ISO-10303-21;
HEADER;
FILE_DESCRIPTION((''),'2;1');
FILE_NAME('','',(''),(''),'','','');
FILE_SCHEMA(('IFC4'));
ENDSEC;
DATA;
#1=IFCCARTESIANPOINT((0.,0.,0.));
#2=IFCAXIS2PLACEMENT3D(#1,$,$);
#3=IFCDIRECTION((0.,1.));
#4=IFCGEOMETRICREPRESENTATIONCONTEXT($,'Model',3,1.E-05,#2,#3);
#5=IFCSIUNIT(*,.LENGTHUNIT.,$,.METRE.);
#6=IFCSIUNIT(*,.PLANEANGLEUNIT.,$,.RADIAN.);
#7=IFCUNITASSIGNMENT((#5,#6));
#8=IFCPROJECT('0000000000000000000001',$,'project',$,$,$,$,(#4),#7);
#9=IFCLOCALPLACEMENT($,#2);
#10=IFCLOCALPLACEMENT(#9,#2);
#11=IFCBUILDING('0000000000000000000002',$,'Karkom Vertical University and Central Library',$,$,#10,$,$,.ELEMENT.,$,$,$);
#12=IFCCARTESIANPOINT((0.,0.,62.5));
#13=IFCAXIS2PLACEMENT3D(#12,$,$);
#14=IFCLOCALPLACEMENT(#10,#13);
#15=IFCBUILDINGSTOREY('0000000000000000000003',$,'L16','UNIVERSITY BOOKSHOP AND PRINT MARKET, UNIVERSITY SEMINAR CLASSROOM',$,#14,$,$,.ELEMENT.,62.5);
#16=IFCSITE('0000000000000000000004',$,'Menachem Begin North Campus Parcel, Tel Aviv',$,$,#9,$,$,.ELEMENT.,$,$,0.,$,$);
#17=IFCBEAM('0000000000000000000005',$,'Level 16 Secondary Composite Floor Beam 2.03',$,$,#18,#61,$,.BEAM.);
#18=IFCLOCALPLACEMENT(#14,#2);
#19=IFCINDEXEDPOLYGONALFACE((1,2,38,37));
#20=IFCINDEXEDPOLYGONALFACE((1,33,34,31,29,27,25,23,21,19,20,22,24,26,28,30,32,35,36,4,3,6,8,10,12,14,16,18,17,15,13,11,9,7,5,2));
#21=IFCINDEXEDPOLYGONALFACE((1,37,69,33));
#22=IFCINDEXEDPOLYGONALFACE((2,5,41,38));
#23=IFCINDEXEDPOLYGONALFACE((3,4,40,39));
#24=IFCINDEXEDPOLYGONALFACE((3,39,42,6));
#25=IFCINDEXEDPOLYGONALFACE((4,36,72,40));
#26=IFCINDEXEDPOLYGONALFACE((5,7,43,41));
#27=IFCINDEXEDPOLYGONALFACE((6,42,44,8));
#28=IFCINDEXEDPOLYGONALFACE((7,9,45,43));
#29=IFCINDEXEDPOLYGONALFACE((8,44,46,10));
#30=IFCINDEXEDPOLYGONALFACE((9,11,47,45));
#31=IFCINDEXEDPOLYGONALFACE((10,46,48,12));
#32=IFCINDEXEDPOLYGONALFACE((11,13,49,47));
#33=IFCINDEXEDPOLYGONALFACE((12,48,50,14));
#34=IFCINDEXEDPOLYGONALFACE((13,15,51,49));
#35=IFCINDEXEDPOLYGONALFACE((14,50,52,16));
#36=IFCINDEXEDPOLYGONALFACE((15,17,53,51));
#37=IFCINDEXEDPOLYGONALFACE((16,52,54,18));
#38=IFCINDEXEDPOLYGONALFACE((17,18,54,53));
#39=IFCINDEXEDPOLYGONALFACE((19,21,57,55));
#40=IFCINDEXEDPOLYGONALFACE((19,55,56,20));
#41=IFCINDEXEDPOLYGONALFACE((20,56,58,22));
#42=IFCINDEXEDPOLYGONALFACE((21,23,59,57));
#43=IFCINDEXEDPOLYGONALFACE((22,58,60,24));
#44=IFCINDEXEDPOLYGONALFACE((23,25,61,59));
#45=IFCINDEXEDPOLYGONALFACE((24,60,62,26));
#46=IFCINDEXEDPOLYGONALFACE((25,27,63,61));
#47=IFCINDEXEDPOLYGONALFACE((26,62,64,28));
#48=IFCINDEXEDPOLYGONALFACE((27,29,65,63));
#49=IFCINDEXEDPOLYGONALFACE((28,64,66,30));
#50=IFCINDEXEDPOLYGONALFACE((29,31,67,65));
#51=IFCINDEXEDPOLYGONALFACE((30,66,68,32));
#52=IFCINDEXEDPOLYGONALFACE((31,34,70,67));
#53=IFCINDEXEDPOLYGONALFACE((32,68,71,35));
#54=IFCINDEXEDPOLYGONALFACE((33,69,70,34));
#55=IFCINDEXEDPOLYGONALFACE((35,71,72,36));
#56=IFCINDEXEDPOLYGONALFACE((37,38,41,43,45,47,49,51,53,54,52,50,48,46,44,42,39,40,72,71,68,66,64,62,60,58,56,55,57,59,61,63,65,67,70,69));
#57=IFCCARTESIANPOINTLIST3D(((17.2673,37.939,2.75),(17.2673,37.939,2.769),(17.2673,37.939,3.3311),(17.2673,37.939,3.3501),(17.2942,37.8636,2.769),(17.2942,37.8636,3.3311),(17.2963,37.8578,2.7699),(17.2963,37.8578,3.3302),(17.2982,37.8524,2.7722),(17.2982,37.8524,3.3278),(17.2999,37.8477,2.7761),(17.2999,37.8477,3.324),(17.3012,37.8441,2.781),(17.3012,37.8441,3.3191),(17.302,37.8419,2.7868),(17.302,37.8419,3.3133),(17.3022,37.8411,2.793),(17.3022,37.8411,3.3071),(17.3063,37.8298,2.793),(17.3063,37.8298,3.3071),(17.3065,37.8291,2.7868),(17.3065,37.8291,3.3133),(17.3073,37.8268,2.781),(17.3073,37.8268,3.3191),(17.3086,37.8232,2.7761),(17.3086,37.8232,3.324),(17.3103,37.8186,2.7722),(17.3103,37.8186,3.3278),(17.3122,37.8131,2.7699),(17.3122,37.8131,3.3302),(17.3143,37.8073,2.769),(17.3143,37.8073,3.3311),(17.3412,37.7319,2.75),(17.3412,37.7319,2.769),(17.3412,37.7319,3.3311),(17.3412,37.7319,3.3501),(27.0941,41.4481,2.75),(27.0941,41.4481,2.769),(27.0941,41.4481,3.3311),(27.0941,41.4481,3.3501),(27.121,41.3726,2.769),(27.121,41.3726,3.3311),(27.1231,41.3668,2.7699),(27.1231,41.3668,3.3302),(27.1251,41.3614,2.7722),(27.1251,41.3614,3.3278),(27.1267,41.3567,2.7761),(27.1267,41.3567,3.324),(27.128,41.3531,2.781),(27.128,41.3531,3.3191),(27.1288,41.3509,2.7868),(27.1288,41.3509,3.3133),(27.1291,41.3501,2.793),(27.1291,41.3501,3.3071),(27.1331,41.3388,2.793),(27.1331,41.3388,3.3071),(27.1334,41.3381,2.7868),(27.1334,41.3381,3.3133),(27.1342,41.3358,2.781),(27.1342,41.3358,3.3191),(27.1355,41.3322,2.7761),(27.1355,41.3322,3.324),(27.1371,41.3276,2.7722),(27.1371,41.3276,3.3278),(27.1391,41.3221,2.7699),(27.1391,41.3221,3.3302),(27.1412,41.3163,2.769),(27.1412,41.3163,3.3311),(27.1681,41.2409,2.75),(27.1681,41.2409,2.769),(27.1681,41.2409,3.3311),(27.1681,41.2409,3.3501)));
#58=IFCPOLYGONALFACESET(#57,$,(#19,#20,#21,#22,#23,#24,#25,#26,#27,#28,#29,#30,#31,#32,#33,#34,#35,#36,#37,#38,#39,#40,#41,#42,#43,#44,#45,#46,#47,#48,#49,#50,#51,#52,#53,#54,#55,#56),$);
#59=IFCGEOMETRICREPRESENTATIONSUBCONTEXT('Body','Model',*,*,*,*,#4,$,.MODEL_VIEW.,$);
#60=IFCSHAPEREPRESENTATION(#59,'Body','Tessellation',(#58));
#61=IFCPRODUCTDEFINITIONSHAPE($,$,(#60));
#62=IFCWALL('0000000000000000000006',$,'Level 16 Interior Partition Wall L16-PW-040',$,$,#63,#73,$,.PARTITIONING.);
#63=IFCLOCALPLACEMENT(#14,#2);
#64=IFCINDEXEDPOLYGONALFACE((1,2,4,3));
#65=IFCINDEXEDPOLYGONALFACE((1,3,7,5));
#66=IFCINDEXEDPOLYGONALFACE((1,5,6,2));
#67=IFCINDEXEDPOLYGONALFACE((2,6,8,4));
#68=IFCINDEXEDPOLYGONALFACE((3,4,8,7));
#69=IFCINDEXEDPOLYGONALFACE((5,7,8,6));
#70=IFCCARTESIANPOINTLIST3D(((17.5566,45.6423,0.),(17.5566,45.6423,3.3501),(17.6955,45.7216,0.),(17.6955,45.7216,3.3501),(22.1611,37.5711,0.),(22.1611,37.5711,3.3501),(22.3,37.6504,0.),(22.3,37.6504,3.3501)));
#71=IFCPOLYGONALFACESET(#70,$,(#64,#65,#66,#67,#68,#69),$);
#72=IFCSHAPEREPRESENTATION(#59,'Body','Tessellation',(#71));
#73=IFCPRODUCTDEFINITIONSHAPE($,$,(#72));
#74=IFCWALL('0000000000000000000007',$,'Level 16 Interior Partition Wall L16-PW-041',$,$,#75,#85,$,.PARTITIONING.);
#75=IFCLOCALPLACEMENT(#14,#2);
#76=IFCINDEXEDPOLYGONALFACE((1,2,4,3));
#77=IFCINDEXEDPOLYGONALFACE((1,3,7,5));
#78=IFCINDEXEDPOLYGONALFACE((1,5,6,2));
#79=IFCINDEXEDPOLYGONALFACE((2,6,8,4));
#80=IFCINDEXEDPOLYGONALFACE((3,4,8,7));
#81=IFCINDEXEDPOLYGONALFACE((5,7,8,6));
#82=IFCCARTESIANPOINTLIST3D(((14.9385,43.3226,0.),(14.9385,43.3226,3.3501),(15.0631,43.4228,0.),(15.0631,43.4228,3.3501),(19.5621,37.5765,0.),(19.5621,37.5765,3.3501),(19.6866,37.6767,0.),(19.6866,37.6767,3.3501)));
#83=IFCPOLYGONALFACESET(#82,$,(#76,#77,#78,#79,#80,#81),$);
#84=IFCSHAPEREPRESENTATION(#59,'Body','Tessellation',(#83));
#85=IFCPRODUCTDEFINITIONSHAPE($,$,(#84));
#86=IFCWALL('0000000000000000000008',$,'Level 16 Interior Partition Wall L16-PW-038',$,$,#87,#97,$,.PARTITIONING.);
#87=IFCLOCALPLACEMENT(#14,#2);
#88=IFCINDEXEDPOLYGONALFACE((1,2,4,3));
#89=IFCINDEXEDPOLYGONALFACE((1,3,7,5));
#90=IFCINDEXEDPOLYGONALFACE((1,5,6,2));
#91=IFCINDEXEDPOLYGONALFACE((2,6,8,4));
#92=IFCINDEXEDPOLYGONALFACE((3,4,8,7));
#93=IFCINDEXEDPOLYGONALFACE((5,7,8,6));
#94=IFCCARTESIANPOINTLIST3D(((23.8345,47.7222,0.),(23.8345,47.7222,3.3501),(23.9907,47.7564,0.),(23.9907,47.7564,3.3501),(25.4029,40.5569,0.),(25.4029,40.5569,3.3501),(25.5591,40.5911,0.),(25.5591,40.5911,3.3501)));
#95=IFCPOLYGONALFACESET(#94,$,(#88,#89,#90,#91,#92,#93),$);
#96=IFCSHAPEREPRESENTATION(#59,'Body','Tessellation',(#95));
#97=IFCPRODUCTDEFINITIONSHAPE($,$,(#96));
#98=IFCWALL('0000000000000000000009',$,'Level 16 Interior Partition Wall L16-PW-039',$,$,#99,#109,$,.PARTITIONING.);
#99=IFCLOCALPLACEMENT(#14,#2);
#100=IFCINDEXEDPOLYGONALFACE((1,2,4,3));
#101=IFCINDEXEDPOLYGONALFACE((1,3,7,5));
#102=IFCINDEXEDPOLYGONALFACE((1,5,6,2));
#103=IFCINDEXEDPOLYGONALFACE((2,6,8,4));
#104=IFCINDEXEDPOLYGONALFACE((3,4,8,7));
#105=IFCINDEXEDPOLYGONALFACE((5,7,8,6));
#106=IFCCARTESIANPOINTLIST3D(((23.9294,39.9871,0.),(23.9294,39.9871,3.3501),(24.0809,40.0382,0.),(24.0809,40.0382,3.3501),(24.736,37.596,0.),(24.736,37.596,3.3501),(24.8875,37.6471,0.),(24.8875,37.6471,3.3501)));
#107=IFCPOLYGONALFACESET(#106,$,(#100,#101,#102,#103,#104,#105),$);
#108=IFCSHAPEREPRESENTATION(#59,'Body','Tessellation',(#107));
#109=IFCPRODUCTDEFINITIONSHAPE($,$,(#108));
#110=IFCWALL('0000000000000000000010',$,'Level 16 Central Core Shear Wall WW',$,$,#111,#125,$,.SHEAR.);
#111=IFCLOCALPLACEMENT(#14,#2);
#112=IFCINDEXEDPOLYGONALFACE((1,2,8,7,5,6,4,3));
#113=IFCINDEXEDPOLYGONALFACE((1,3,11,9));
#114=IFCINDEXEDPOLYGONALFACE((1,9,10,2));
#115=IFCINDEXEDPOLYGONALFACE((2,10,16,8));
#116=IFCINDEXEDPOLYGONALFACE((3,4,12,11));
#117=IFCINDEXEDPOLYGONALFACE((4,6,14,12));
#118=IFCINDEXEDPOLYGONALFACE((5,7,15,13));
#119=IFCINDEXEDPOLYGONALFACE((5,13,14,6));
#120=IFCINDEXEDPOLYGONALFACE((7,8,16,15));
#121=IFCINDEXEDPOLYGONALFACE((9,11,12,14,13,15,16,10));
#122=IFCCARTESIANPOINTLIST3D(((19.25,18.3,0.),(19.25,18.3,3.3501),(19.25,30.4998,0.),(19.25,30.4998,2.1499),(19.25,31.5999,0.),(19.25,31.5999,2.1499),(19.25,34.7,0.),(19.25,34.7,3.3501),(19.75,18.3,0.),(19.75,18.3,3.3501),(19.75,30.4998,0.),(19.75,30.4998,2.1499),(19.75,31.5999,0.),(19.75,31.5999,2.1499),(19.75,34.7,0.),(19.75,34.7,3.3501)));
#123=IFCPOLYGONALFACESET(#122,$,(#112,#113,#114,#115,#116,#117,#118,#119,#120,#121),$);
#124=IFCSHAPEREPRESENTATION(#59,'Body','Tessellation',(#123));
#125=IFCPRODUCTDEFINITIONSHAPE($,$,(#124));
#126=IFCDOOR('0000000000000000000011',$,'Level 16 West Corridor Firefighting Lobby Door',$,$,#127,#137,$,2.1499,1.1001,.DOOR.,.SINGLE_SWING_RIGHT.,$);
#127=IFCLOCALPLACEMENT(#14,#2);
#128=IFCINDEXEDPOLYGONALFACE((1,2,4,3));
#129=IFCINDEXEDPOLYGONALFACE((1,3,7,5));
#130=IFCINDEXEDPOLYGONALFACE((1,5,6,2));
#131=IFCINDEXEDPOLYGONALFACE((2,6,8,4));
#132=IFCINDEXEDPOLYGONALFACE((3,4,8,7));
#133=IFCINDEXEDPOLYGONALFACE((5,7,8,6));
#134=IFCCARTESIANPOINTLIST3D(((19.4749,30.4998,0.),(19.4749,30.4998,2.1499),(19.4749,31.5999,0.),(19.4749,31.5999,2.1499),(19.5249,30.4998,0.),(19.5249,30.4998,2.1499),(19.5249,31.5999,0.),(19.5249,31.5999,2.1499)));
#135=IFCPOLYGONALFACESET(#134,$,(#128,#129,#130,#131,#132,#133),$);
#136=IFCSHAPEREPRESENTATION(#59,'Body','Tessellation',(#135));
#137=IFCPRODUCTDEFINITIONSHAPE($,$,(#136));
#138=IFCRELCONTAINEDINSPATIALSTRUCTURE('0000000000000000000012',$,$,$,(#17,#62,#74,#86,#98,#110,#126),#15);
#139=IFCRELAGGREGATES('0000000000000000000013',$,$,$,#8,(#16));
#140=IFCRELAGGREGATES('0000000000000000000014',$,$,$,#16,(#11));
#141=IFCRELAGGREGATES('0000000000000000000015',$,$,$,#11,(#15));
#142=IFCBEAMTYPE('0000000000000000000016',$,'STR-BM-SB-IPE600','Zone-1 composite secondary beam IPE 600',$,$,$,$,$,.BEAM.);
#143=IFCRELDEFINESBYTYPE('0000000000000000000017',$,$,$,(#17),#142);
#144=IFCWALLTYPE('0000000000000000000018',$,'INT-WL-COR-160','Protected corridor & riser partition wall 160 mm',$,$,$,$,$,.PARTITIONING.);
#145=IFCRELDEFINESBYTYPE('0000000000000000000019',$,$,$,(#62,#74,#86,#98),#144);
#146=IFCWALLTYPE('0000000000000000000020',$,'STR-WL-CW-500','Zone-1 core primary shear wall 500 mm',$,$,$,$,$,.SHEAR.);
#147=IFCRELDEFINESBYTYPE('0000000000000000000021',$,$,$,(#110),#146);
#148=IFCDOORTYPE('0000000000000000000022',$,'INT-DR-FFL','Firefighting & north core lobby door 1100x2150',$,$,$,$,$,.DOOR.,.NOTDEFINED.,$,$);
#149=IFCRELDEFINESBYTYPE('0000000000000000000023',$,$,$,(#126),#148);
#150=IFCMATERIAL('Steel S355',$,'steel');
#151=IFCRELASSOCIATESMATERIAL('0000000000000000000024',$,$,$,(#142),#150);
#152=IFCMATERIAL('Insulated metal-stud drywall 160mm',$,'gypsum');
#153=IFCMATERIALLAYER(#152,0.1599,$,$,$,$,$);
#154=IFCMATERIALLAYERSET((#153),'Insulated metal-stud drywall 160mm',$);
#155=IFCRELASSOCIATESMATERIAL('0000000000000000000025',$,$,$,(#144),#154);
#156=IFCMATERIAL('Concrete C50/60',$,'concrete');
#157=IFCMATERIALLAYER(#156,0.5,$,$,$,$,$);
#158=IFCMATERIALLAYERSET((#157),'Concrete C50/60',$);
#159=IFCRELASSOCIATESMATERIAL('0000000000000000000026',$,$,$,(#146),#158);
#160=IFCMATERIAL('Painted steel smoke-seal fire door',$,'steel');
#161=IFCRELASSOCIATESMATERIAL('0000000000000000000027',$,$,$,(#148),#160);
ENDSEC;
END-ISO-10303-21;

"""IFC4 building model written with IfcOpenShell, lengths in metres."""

from ifc_helpers import new_model, si_unit, direction, frame, frame_2d, origin, origin_with_axes, origin_2d, place, context, subcontext, project, spatial, rectangle, i_section, extrude, source, transform, mapped, material, layer, layer_set, material_profile, profile_set, type_object, element, fill, save


model = new_model("IFC4")

# Units and contexts
model_context = context("Model", 3, precision=1e-05, world=origin(), true_north=direction((0.0, 1.0)))
body_context = subcontext(model_context, "Body", "Model", "MODEL_VIEW")
ifc_project = project(units=[si_unit("LENGTHUNIT", "METRE"), si_unit("PLANEANGLEUNIT", "RADIAN")], contexts=[model_context])

# Site, building, storey
site_placement = place(None, origin())
site = spatial("IfcSite", under=ifc_project, at=site_placement, Name="Menachem Begin North Campus Parcel, Tel Aviv", CompositionType="ELEMENT", RefElevation=0.0)
building_placement = place(site_placement, origin())
building = spatial("IfcBuilding", under=site, at=building_placement, Name="Karkom Vertical University and Central Library", CompositionType="ELEMENT")
storey_placement = place(building_placement, frame((0.0, 0.0, 62.5)))
storey = spatial("IfcBuildingStorey", under=building, at=storey_placement, Name="L16", Description="UNIVERSITY BOOKSHOP AND PRINT MARKET, UNIVERSITY SEMINAR CLASSROOM", CompositionType="ELEMENT", Elevation=62.5)

# Shared definitions
ifc_material_1 = material(Name="Concrete C50/60", Category="concrete")

# Beam
ifc_material_2 = material(Name="Steel S355", Category="steel")
ifc_material_profile_1 = material_profile(ifc_material_2, i_section(OverallWidth=0.22, OverallDepth=0.6001, WebThickness=0.012, FlangeThickness=0.019, FilletRadius=0.0239, at=origin_2d()), Name="IPE 600")
ifc_profile_set_1 = profile_set([ifc_material_profile_1], Name="Steel S355")
beam_type_1 = type_object("IfcBeamType", Name="STR-BM-SB-IPE600", Description="Zone-1 composite secondary beam IPE 600", PredefinedType="BEAM", material=ifc_profile_set_1)
shared_shape_1 = source(origin_with_axes(), body_context, "Body", "SweptSolid", [
    extrude(i_section(OverallWidth=0.22, OverallDepth=0.6001, WebThickness=0.012, FlangeThickness=0.019, FilletRadius=0.0239, at=origin_2d()), origin(), (0.0, 0.0, 1.0), 10.4346),
])
beam_1_placement = place(storey_placement, frame((27.1311, 41.3445, 3.05), z_axis=(-0.941759, -0.336287, 0.0), x_axis=(0.336287, -0.941759, 0.0)))
element("IfcBeam", 1, at=beam_1_placement, inside=storey, type_object=beam_type_1, Name="Level 16 Secondary Composite Floor Beam 2.03", PredefinedType="BEAM", context=body_context, shape_type="MappedRepresentation", body=[
    mapped(shared_shape_1, transform((0.0, 0.0, 0.0), scale=1.0)),
])

# Walls
ifc_material_3 = material(Name="Insulated metal-stud drywall 160mm", Category="gypsum")
ifc_layer_1 = layer(ifc_material_3, 0.1599)
ifc_layer_set_1 = layer_set([ifc_layer_1], Name="Insulated metal-stud drywall 160mm")
wall_type_1 = type_object("IfcWallType", Name="INT-WL-COR-160", Description="Protected corridor & riser partition wall 160 mm", PredefinedType="PARTITIONING", material=ifc_layer_set_1)
wall_1_placement = place(storey_placement, frame((22.2305, 37.6108, 0.0), z_axis=(0.0, 0.0, 1.0), x_axis=(-0.495516, 0.868599, 0.0)))
element("IfcWall", 2, at=wall_1_placement, inside=storey, type_object=wall_type_1, Name="Level 16 Interior Partition Wall L16-PW-040", PredefinedType="PARTITIONING", context=body_context, shape_type="SweptSolid", body=[
    extrude(rectangle(XDim=9.2922, YDim=0.1599, at=frame_2d((4.646, 0.0))), origin(), (0.0, 0.0, 1.0), 3.3501),
])
wall_2_placement = place(storey_placement, frame((19.6243, 37.6267, 0.0), z_axis=(0.0, 0.0, 1.0), x_axis=(-0.626897, 0.779102, 0.0)))
element("IfcWall", 3, at=wall_2_placement, inside=storey, type_object=wall_type_1, Name="Level 16 Interior Partition Wall L16-PW-041", PredefinedType="PARTITIONING", context=body_context, shape_type="SweptSolid", body=[
    extrude(rectangle(XDim=7.3752, YDim=0.1599, at=frame_2d((3.6875, 0.0))), origin(), (0.0, 0.0, 1.0), 3.3501),
])
wall_3_placement = place(storey_placement, frame((25.481, 40.574, 0.0), z_axis=(0.0, 0.0, 1.0), x_axis=(-0.213821, 0.976873, 0.0)))
element("IfcWall", 4, at=wall_3_placement, inside=storey, type_object=wall_type_1, Name="Level 16 Interior Partition Wall L16-PW-038", PredefinedType="PARTITIONING", context=body_context, shape_type="SweptSolid", body=[
    extrude(rectangle(XDim=7.335, YDim=0.1599, at=frame_2d((3.6675, 0.0))), origin(), (0.0, 0.0, 1.0), 3.3501),
])
wall_4_placement = place(storey_placement, frame((24.8118, 37.6216, 0.0), z_axis=(0.0, 0.0, 1.0), x_axis=(-0.319651, 0.947536, 0.0)))
element("IfcWall", 5, at=wall_4_placement, inside=storey, type_object=wall_type_1, Name="Level 16 Interior Partition Wall L16-PW-039", PredefinedType="PARTITIONING", context=body_context, shape_type="SweptSolid", body=[
    extrude(rectangle(XDim=2.5234, YDim=0.1599, at=frame_2d((1.2617, 0.0))), origin(), (0.0, 0.0, 1.0), 3.3501),
])

# Wall, opening, door
ifc_layer_2 = layer(ifc_material_1, 0.5)
ifc_layer_set_2 = layer_set([ifc_layer_2], Name="Concrete C50/60")
wall_type_2 = type_object("IfcWallType", Name="STR-WL-CW-500", Description="Zone-1 core primary shear wall 500 mm", PredefinedType="SHEAR", material=ifc_layer_set_2)
ifc_material_4 = material(Name="Painted steel smoke-seal fire door", Category="steel")
door_type = type_object("IfcDoorType", Name="INT-DR-FFL", Description="Firefighting & north core lobby door 1100x2150", OperationType="NOTDEFINED", PredefinedType="DOOR", material=ifc_material_4)
shared_shape_2 = source(origin_with_axes(), body_context, "Body", "SweptSolid", [
    extrude(rectangle(XDim=1.1001, YDim=2.1499, at=frame_2d((0.55, 1.075))), frame((0.0, 0.0249, 0.0), z_axis=(0.0, -1.0, 0.0), x_axis=(1.0, 0.0, 0.0)), (0.0, 0.0, 1.0), 0.05),
])
wall_5_placement = place(storey_placement, frame((19.5, 34.7, 0.0), z_axis=(0.0, 0.0, 1.0), x_axis=(0.0, -1.0, 0.0)))
wall_5 = element("IfcWall", 6, at=wall_5_placement, inside=storey, type_object=wall_type_2, Name="Level 16 Central Core Shear Wall WW", PredefinedType="SHEAR", context=body_context, shape_type="SweptSolid", body=[
    extrude(rectangle(XDim=16.3999, YDim=0.5, at=frame_2d((8.2, 0.0))), origin(), (0.0, 0.0, 1.0), 3.3501),
])
opening_1_placement = place(wall_5_placement, frame((3.1001, 0.0, 0.0)))
opening_1 = element("IfcOpeningElement", 7, at=opening_1_placement, cuts=wall_5, PredefinedType="OPENING", context=body_context, shape_type="SweptSolid", body=[
    extrude(rectangle(XDim=1.1001, YDim=2.1499, at=frame_2d((0.55, 1.075))), frame((0.0, 0.26, 0.0), z_axis=(0.0, -1.0, 0.0), x_axis=(1.0, 0.0, 0.0)), (0.0, 0.0, 1.0), 0.52),
])
door_1_placement = place(opening_1_placement, origin())
door_1 = element("IfcDoor", 8, at=door_1_placement, inside=storey, type_object=door_type, Name="Level 16 West Corridor Firefighting Lobby Door", OperationType="SINGLE_SWING_RIGHT", OverallHeight=2.1499, OverallWidth=1.1001, PredefinedType="DOOR", context=body_context, shape_type="MappedRepresentation", body=[
    mapped(shared_shape_2, transform((0.0, 0.0, 0.0), scale=1.0)),
])
fill(opening_1, door_1)

save(model, "model.ifc")
